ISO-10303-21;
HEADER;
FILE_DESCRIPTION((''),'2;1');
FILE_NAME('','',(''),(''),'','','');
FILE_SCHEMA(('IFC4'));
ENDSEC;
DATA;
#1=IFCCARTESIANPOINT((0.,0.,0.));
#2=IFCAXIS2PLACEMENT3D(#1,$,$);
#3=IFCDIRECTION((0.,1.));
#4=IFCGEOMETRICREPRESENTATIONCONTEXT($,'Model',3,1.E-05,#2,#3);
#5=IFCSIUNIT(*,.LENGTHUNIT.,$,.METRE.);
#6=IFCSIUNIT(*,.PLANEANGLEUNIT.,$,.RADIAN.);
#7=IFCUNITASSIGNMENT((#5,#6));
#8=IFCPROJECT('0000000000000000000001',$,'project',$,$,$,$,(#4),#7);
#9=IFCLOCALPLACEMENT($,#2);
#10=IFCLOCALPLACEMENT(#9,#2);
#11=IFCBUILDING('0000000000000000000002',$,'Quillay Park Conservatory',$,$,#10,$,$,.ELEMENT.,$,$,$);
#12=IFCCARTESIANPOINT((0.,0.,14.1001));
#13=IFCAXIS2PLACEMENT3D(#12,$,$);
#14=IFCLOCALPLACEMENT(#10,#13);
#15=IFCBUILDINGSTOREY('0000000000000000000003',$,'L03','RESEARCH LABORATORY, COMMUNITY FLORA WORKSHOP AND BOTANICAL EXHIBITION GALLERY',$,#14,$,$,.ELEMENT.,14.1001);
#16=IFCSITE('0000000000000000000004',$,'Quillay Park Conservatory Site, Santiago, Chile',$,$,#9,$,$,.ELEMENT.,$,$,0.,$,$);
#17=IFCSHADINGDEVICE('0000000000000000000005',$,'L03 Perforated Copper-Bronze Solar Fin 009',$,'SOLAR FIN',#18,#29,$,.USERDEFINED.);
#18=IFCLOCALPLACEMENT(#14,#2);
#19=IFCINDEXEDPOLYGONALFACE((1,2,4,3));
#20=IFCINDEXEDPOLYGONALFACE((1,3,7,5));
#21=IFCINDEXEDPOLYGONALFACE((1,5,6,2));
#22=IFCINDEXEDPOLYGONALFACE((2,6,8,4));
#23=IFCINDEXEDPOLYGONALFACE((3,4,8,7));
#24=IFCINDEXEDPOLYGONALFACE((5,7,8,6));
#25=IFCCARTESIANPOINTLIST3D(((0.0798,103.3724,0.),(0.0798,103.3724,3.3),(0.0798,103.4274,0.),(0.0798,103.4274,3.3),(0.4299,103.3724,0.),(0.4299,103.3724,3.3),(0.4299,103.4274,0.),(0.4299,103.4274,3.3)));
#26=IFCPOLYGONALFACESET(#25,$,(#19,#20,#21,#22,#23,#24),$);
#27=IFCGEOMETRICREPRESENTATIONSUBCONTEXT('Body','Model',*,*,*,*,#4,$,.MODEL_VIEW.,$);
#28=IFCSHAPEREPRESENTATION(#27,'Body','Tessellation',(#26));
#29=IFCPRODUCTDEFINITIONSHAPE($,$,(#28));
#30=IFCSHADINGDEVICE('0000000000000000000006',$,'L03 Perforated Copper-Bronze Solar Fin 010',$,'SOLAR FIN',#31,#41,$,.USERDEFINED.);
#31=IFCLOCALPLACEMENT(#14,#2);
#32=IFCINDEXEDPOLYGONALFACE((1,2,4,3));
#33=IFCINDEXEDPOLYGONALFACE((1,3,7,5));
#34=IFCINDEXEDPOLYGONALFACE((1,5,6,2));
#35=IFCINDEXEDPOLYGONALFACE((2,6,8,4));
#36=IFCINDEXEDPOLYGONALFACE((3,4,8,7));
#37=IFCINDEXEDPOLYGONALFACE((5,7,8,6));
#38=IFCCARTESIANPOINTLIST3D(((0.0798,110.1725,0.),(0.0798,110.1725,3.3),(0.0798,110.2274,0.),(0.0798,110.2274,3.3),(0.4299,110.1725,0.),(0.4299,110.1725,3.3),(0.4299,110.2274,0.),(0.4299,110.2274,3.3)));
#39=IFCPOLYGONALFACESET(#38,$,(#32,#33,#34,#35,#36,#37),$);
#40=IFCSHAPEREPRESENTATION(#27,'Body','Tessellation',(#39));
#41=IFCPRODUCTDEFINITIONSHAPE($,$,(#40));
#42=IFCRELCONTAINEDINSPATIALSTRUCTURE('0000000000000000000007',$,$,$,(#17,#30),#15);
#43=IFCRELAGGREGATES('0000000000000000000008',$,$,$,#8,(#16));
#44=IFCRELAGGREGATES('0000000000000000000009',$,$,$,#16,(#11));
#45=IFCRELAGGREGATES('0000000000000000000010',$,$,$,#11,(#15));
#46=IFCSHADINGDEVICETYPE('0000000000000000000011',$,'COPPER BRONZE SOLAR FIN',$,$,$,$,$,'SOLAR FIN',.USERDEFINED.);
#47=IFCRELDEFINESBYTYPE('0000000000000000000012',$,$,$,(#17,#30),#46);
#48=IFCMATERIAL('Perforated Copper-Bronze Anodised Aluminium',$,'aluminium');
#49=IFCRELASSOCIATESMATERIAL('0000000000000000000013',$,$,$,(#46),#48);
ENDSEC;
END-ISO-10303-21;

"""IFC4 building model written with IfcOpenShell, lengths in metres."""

from ifc_helpers import new_model, si_unit, direction, frame, origin, origin_2d, place, context, subcontext, project, spatial, rectangle, extrude, material, type_object, element, save


model = new_model("IFC4")

# Units and contexts
model_context = context("Model", 3, precision=1e-05, world=origin(), true_north=direction((0.0, 1.0)))
body_context = subcontext(model_context, "Body", "Model", "MODEL_VIEW")
ifc_project = project(units=[si_unit("LENGTHUNIT", "METRE"), si_unit("PLANEANGLEUNIT", "RADIAN")], contexts=[model_context])

# Site, building, storey
site_placement = place(None, origin())
site = spatial("IfcSite", under=ifc_project, at=site_placement, Name="Quillay Park Conservatory Site, Santiago, Chile", CompositionType="ELEMENT", RefElevation=0.0)
building_placement = place(site_placement, origin())
building = spatial("IfcBuilding", under=site, at=building_placement, Name="Quillay Park Conservatory", CompositionType="ELEMENT")
storey_placement = place(building_placement, frame((0.0, 0.0, 14.1001)))
storey = spatial("IfcBuildingStorey", under=building, at=storey_placement, Name="L03", Description="RESEARCH LABORATORY, COMMUNITY FLORA WORKSHOP AND BOTANICAL EXHIBITION GALLERY", CompositionType="ELEMENT", Elevation=14.1001)

# Shading devices
ifc_material_1 = material(Name="Perforated Copper-Bronze Anodised Aluminium", Category="aluminium")
shading_device_type = type_object("IfcShadingDeviceType", Name="COPPER BRONZE SOLAR FIN", ElementType="SOLAR FIN", PredefinedType="USERDEFINED", material=ifc_material_1)
for number, where, z_axis, x_axis, name in (
    (1, (0.2549, 103.3999, 0.0), (0.0, 0.0, 1.0), (1.0, 0.0, 0.0), "L03 Perforated Copper-Bronze Solar Fin 009"),
    (2, (0.2549, 110.2, 0.0), (0.0, 0.0, 1.0), (1.0, 0.0, 0.0), "L03 Perforated Copper-Bronze Solar Fin 010"),
):
    element("IfcShadingDevice", number, at=place(storey_placement, frame(where, z_axis=z_axis, x_axis=x_axis)), inside=storey, type_object=shading_device_type, Name=name, ObjectType="SOLAR FIN", PredefinedType="USERDEFINED", context=body_context, shape_type="SweptSolid", body=[
        extrude(rectangle(XDim=0.3501, YDim=0.0549, at=origin_2d()), origin(), (0.0, 0.0, 1.0), 3.3),
    ])

save(model, "model.ifc")
